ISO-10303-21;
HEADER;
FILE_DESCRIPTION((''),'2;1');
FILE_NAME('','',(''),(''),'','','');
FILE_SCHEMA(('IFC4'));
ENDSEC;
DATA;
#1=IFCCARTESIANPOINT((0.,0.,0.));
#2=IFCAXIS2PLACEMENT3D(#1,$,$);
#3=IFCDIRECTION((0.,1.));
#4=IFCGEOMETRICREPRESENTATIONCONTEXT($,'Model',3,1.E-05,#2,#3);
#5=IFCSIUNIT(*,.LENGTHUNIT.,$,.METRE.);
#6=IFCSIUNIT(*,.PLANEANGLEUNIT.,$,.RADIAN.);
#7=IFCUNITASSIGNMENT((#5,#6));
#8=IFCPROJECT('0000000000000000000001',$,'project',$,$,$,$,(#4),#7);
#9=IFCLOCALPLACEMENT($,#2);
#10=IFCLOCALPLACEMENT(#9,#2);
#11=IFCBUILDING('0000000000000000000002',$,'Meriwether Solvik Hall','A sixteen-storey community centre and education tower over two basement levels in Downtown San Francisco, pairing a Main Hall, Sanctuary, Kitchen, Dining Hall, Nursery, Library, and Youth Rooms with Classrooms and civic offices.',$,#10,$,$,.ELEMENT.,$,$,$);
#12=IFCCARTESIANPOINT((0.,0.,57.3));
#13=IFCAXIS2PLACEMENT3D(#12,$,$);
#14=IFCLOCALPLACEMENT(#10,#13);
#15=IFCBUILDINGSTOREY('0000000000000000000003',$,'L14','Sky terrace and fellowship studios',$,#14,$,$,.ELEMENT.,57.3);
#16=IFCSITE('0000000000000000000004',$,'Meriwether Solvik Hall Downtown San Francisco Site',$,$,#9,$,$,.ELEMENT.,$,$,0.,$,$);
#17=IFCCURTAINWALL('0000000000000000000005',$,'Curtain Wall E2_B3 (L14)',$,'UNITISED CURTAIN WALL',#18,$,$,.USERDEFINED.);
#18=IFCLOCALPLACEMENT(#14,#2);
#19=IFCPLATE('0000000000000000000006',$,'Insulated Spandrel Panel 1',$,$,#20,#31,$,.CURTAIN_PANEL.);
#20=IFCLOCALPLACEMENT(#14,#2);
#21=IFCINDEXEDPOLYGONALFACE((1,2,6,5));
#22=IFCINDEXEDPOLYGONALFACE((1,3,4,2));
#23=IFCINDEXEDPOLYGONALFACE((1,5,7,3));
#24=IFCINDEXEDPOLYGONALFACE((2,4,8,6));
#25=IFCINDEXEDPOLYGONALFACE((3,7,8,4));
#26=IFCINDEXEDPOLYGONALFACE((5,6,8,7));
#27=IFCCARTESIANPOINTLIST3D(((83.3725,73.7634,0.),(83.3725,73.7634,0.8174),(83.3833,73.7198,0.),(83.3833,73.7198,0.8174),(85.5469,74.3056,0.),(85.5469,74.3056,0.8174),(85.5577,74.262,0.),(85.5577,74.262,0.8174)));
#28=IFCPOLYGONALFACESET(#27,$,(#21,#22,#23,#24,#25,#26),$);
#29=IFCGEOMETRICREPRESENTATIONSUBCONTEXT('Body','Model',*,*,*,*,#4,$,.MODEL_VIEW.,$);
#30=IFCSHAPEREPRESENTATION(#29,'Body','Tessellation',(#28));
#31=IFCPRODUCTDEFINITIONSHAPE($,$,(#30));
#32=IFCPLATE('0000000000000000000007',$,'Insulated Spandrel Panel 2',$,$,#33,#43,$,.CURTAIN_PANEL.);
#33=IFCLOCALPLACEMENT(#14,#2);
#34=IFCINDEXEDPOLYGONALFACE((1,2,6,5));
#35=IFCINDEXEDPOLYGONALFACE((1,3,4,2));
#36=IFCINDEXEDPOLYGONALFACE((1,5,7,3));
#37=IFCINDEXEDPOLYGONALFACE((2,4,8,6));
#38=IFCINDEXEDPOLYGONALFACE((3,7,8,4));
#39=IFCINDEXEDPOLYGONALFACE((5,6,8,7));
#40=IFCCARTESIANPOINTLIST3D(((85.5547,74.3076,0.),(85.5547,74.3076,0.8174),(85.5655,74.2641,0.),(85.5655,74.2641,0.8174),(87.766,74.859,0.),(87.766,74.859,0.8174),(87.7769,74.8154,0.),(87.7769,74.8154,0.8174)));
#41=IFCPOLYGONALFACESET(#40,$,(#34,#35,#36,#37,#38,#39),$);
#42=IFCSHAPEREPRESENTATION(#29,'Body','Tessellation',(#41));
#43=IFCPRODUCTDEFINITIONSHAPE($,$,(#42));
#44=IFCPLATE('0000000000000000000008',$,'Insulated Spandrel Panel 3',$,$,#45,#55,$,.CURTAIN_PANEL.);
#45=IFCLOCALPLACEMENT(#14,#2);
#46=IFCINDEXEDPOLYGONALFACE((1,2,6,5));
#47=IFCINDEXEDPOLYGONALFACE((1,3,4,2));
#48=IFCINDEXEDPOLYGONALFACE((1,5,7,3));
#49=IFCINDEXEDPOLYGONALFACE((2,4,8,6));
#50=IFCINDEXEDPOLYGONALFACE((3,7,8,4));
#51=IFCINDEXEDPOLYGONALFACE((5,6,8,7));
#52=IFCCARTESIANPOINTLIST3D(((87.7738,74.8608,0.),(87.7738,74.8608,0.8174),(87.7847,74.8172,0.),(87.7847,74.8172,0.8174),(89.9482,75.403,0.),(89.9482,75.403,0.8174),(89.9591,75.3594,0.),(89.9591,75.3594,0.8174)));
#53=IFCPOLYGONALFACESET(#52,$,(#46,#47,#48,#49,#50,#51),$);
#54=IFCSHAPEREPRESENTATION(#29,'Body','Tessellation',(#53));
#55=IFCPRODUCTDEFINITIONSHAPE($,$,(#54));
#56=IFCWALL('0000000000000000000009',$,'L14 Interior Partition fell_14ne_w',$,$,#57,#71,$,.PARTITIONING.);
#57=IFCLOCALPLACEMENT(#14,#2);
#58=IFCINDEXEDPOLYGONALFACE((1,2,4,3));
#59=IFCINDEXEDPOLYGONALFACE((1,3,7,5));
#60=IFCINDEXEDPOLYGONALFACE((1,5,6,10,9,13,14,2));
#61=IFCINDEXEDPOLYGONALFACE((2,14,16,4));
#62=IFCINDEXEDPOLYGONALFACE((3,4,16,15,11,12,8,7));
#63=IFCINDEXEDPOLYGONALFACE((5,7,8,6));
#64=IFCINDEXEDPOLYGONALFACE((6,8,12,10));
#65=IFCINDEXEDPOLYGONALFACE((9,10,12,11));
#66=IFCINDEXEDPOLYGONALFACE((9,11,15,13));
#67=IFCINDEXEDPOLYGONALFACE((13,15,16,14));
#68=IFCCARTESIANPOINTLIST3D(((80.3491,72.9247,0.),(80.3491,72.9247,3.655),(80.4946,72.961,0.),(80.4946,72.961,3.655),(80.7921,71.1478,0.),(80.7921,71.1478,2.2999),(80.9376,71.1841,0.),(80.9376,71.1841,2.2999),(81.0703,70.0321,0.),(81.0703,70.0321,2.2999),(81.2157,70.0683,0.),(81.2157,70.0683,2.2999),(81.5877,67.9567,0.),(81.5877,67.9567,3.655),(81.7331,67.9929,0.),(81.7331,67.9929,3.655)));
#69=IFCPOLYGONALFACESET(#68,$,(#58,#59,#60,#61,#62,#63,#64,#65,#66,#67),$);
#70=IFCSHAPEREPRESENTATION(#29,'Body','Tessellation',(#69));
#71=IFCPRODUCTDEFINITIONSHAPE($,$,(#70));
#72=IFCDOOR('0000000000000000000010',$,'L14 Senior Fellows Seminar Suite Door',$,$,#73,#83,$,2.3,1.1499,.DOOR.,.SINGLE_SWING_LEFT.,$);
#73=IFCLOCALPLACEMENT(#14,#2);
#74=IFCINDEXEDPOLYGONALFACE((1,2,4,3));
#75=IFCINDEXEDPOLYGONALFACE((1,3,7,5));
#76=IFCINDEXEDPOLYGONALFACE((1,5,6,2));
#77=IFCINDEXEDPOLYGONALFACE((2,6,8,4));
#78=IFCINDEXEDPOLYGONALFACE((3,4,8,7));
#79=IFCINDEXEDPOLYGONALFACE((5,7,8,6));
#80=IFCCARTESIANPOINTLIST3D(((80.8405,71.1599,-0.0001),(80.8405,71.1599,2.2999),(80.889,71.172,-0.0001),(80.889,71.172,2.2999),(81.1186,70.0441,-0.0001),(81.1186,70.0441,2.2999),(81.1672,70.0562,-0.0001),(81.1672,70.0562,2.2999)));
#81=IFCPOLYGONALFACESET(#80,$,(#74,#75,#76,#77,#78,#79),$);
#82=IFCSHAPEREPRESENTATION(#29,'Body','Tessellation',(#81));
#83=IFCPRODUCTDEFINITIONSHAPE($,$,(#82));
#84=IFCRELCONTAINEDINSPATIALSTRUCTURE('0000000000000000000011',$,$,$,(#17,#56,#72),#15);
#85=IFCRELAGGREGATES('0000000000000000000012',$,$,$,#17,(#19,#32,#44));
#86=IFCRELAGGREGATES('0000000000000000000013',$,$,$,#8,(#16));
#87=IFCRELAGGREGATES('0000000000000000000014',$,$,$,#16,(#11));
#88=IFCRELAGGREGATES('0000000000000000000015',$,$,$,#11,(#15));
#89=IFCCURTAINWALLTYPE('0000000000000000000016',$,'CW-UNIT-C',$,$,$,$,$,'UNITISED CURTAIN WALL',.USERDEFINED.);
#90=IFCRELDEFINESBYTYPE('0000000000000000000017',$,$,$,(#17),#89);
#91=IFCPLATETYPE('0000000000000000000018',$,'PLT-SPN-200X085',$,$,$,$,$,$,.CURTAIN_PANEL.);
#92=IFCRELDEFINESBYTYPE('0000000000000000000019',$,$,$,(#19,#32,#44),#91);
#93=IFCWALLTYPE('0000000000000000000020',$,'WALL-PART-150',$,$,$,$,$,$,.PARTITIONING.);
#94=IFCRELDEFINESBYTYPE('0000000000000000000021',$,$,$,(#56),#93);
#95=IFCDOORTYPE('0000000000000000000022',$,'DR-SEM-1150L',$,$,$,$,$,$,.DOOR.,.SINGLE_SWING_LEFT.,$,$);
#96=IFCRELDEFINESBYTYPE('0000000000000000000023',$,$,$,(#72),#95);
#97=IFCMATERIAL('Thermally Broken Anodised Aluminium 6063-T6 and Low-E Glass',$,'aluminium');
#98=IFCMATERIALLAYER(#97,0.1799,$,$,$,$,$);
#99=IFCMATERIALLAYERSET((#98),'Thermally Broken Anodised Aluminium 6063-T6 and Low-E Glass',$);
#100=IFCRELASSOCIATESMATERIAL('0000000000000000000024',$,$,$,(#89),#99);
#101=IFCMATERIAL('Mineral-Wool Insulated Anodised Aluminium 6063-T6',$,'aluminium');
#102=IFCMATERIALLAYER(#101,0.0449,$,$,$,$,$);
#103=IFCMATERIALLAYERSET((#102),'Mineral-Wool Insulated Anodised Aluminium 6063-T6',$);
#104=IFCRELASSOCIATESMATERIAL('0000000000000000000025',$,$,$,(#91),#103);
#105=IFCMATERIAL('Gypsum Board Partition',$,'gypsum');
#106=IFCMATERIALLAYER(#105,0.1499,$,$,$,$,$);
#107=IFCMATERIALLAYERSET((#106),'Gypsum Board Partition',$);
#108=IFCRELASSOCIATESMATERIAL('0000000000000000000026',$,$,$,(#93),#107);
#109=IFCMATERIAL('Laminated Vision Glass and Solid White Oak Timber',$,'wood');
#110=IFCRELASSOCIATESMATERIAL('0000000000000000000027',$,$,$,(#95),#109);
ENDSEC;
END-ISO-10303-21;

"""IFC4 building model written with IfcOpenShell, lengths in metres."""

from ifc_helpers import new_model, si_unit, direction, frame, frame_2d, origin, origin_2d, place, context, subcontext, project, spatial, rectangle, extrude, material, layer, layer_set, type_object, element, fill, aggregate, save


model = new_model("IFC4")

# Units and contexts
model_context = context("Model", 3, precision=1e-05, world=origin(), true_north=direction((0.0, 1.0)))
body_context = subcontext(model_context, "Body", "Model", "MODEL_VIEW")
ifc_project = project(units=[si_unit("LENGTHUNIT", "METRE"), si_unit("PLANEANGLEUNIT", "RADIAN")], contexts=[model_context])

# Site, building, storey
site_placement = place(None, origin())
site = spatial("IfcSite", under=ifc_project, at=site_placement, Name="Meriwether Solvik Hall Downtown San Francisco Site", CompositionType="ELEMENT", RefElevation=0.0)
building_placement = place(site_placement, origin())
building = spatial("IfcBuilding", under=site, at=building_placement, Name="Meriwether Solvik Hall", Description="A sixteen-storey community centre and education tower over two basement levels in Downtown San Francisco, pairing a Main Hall, Sanctuary, Kitchen, Dining Hall, Nursery, Library, and Youth Rooms with Classrooms and civic offices.", CompositionType="ELEMENT")
storey_placement = place(building_placement, frame((0.0, 0.0, 57.3)))
storey = spatial("IfcBuildingStorey", under=building, at=storey_placement, Name="L14", Description="Sky terrace and fellowship studios", CompositionType="ELEMENT", Elevation=57.3)

# Curtain wall
ifc_material_1 = material(Name="Thermally Broken Anodised Aluminium 6063-T6 and Low-E Glass", Category="aluminium")
ifc_layer_1 = layer(ifc_material_1, 0.1799)
ifc_layer_set_1 = layer_set([ifc_layer_1], Name="Thermally Broken Anodised Aluminium 6063-T6 and Low-E Glass")
curtain_wall_type_1 = type_object("IfcCurtainWallType", Name="CW-UNIT-C", ElementType="UNITISED CURTAIN WALL", PredefinedType="USERDEFINED", material=ifc_layer_set_1)
curtain_wall_1_placement = place(storey_placement, origin())
curtain_wall_1 = element("IfcCurtainWall", 1, at=curtain_wall_1_placement, inside=storey, type_object=curtain_wall_type_1, Name="Curtain Wall E2_B3 (L14)", ObjectType="UNITISED CURTAIN WALL", PredefinedType="USERDEFINED")

# Plates
ifc_material_2 = material(Name="Mineral-Wool Insulated Anodised Aluminium 6063-T6", Category="aluminium")
ifc_layer_2 = layer(ifc_material_2, 0.0449)
ifc_layer_set_2 = layer_set([ifc_layer_2], Name="Mineral-Wool Insulated Anodised Aluminium 6063-T6")
plate_type_1 = type_object("IfcPlateType", Name="PLT-SPN-200X085", PredefinedType="CURTAIN_PANEL", material=ifc_layer_set_2)
plate_1_placement = place(storey_placement, frame((84.4651, 74.0127, 0.0), z_axis=(0.0, 0.0, 1.0), x_axis=(0.970296, 0.241922, 0.0)))
plate_1 = element("IfcPlate", 2, at=plate_1_placement, type_object=plate_type_1, Name="Insulated Spandrel Panel 1", PredefinedType="CURTAIN_PANEL", context=body_context, shape_type="SweptSolid", body=[
    extrude(rectangle(XDim=2.241, YDim=0.0449, at=origin_2d()), origin(), (0.0, 0.0, 1.0), 0.8174),
])
plate_2_placement = place(storey_placement, frame((86.6658, 74.5615, 0.0), z_axis=(0.0, 0.0, 1.0), x_axis=(0.970296, 0.241922, 0.0)))
plate_2 = element("IfcPlate", 3, at=plate_2_placement, type_object=plate_type_1, Name="Insulated Spandrel Panel 2", PredefinedType="CURTAIN_PANEL", context=body_context, shape_type="SweptSolid", body=[
    extrude(rectangle(XDim=2.2791, YDim=0.0449, at=origin_2d()), origin(), (0.0, 0.0, 1.0), 0.8174),
])
plate_3_placement = place(storey_placement, frame((88.8665, 75.1101, 0.0), z_axis=(0.0, 0.0, 1.0), x_axis=(0.970296, 0.241922, 0.0)))
plate_3 = element("IfcPlate", 4, at=plate_3_placement, type_object=plate_type_1, Name="Insulated Spandrel Panel 3", PredefinedType="CURTAIN_PANEL", context=body_context, shape_type="SweptSolid", body=[
    extrude(rectangle(XDim=2.241, YDim=0.0449, at=origin_2d()), origin(), (0.0, 0.0, 1.0), 0.8174),
])
aggregate(curtain_wall_1, [plate_1, plate_2, plate_3])

# Wall, opening, door
ifc_material_3 = material(Name="Gypsum Board Partition", Category="gypsum")
ifc_layer_3 = layer(ifc_material_3, 0.1499)
ifc_layer_set_3 = layer_set([ifc_layer_3], Name="Gypsum Board Partition")
wall_type = type_object("IfcWallType", Name="WALL-PART-150", PredefinedType="PARTITIONING", material=ifc_layer_set_3)
wall_placement = place(storey_placement, frame((80.4219, 72.9429, 0.0), z_axis=(0.0, 0.0, 1.0), x_axis=(0.241896, -0.970302, 0.0)))
wall = element("IfcWall", 5, at=wall_placement, inside=storey, type_object=wall_type, Name="L14 Interior Partition fell_14ne_w", PredefinedType="PARTITIONING", context=body_context, shape_type="SweptSolid", body=[
    extrude(rectangle(XDim=5.1201, YDim=0.1499, at=frame_2d((2.5601, 0.0))), origin(), (0.0, 0.0, 1.0), 3.655),
])
opening_placement = place(wall_placement, frame((1.8313, 0.0, 0.0)))
opening = element("IfcOpeningElement", 6, at=opening_placement, cuts=wall, PredefinedType="OPENING", context=body_context, shape_type="SweptSolid", body=[
    extrude(rectangle(XDim=1.1499, YDim=2.3, at=frame_2d((0.575, 1.1499))), frame((0.0, 0.0869, 0.0), z_axis=(0.0, -1.0, 0.0), x_axis=(1.0, 0.0, 0.0)), (0.0, 0.0, 1.0), 0.1738),
])
ifc_material_4 = material(Name="Laminated Vision Glass and Solid White Oak Timber", Category="wood")
door_type = type_object("IfcDoorType", Name="DR-SEM-1150L", OperationType="SINGLE_SWING_LEFT", PredefinedType="DOOR", material=ifc_material_4)
door_placement = place(opening_placement, origin())
door = element("IfcDoor", 7, at=door_placement, inside=storey, type_object=door_type, Name="L14 Senior Fellows Seminar Suite Door", OperationType="SINGLE_SWING_LEFT", OverallHeight=2.3, OverallWidth=1.1499, PredefinedType="DOOR", context=body_context, shape_type="SweptSolid", body=[
    extrude(rectangle(XDim=1.1499, YDim=2.3, at=frame_2d((0.575, 1.1499))), frame((0.0, 0.0249, 0.0), z_axis=(0.0, -1.0, 0.0), x_axis=(1.0, 0.0, 0.0)), (0.0, 0.0, 1.0), 0.05),
])
fill(opening, door)

save(model, "model.ifc")
